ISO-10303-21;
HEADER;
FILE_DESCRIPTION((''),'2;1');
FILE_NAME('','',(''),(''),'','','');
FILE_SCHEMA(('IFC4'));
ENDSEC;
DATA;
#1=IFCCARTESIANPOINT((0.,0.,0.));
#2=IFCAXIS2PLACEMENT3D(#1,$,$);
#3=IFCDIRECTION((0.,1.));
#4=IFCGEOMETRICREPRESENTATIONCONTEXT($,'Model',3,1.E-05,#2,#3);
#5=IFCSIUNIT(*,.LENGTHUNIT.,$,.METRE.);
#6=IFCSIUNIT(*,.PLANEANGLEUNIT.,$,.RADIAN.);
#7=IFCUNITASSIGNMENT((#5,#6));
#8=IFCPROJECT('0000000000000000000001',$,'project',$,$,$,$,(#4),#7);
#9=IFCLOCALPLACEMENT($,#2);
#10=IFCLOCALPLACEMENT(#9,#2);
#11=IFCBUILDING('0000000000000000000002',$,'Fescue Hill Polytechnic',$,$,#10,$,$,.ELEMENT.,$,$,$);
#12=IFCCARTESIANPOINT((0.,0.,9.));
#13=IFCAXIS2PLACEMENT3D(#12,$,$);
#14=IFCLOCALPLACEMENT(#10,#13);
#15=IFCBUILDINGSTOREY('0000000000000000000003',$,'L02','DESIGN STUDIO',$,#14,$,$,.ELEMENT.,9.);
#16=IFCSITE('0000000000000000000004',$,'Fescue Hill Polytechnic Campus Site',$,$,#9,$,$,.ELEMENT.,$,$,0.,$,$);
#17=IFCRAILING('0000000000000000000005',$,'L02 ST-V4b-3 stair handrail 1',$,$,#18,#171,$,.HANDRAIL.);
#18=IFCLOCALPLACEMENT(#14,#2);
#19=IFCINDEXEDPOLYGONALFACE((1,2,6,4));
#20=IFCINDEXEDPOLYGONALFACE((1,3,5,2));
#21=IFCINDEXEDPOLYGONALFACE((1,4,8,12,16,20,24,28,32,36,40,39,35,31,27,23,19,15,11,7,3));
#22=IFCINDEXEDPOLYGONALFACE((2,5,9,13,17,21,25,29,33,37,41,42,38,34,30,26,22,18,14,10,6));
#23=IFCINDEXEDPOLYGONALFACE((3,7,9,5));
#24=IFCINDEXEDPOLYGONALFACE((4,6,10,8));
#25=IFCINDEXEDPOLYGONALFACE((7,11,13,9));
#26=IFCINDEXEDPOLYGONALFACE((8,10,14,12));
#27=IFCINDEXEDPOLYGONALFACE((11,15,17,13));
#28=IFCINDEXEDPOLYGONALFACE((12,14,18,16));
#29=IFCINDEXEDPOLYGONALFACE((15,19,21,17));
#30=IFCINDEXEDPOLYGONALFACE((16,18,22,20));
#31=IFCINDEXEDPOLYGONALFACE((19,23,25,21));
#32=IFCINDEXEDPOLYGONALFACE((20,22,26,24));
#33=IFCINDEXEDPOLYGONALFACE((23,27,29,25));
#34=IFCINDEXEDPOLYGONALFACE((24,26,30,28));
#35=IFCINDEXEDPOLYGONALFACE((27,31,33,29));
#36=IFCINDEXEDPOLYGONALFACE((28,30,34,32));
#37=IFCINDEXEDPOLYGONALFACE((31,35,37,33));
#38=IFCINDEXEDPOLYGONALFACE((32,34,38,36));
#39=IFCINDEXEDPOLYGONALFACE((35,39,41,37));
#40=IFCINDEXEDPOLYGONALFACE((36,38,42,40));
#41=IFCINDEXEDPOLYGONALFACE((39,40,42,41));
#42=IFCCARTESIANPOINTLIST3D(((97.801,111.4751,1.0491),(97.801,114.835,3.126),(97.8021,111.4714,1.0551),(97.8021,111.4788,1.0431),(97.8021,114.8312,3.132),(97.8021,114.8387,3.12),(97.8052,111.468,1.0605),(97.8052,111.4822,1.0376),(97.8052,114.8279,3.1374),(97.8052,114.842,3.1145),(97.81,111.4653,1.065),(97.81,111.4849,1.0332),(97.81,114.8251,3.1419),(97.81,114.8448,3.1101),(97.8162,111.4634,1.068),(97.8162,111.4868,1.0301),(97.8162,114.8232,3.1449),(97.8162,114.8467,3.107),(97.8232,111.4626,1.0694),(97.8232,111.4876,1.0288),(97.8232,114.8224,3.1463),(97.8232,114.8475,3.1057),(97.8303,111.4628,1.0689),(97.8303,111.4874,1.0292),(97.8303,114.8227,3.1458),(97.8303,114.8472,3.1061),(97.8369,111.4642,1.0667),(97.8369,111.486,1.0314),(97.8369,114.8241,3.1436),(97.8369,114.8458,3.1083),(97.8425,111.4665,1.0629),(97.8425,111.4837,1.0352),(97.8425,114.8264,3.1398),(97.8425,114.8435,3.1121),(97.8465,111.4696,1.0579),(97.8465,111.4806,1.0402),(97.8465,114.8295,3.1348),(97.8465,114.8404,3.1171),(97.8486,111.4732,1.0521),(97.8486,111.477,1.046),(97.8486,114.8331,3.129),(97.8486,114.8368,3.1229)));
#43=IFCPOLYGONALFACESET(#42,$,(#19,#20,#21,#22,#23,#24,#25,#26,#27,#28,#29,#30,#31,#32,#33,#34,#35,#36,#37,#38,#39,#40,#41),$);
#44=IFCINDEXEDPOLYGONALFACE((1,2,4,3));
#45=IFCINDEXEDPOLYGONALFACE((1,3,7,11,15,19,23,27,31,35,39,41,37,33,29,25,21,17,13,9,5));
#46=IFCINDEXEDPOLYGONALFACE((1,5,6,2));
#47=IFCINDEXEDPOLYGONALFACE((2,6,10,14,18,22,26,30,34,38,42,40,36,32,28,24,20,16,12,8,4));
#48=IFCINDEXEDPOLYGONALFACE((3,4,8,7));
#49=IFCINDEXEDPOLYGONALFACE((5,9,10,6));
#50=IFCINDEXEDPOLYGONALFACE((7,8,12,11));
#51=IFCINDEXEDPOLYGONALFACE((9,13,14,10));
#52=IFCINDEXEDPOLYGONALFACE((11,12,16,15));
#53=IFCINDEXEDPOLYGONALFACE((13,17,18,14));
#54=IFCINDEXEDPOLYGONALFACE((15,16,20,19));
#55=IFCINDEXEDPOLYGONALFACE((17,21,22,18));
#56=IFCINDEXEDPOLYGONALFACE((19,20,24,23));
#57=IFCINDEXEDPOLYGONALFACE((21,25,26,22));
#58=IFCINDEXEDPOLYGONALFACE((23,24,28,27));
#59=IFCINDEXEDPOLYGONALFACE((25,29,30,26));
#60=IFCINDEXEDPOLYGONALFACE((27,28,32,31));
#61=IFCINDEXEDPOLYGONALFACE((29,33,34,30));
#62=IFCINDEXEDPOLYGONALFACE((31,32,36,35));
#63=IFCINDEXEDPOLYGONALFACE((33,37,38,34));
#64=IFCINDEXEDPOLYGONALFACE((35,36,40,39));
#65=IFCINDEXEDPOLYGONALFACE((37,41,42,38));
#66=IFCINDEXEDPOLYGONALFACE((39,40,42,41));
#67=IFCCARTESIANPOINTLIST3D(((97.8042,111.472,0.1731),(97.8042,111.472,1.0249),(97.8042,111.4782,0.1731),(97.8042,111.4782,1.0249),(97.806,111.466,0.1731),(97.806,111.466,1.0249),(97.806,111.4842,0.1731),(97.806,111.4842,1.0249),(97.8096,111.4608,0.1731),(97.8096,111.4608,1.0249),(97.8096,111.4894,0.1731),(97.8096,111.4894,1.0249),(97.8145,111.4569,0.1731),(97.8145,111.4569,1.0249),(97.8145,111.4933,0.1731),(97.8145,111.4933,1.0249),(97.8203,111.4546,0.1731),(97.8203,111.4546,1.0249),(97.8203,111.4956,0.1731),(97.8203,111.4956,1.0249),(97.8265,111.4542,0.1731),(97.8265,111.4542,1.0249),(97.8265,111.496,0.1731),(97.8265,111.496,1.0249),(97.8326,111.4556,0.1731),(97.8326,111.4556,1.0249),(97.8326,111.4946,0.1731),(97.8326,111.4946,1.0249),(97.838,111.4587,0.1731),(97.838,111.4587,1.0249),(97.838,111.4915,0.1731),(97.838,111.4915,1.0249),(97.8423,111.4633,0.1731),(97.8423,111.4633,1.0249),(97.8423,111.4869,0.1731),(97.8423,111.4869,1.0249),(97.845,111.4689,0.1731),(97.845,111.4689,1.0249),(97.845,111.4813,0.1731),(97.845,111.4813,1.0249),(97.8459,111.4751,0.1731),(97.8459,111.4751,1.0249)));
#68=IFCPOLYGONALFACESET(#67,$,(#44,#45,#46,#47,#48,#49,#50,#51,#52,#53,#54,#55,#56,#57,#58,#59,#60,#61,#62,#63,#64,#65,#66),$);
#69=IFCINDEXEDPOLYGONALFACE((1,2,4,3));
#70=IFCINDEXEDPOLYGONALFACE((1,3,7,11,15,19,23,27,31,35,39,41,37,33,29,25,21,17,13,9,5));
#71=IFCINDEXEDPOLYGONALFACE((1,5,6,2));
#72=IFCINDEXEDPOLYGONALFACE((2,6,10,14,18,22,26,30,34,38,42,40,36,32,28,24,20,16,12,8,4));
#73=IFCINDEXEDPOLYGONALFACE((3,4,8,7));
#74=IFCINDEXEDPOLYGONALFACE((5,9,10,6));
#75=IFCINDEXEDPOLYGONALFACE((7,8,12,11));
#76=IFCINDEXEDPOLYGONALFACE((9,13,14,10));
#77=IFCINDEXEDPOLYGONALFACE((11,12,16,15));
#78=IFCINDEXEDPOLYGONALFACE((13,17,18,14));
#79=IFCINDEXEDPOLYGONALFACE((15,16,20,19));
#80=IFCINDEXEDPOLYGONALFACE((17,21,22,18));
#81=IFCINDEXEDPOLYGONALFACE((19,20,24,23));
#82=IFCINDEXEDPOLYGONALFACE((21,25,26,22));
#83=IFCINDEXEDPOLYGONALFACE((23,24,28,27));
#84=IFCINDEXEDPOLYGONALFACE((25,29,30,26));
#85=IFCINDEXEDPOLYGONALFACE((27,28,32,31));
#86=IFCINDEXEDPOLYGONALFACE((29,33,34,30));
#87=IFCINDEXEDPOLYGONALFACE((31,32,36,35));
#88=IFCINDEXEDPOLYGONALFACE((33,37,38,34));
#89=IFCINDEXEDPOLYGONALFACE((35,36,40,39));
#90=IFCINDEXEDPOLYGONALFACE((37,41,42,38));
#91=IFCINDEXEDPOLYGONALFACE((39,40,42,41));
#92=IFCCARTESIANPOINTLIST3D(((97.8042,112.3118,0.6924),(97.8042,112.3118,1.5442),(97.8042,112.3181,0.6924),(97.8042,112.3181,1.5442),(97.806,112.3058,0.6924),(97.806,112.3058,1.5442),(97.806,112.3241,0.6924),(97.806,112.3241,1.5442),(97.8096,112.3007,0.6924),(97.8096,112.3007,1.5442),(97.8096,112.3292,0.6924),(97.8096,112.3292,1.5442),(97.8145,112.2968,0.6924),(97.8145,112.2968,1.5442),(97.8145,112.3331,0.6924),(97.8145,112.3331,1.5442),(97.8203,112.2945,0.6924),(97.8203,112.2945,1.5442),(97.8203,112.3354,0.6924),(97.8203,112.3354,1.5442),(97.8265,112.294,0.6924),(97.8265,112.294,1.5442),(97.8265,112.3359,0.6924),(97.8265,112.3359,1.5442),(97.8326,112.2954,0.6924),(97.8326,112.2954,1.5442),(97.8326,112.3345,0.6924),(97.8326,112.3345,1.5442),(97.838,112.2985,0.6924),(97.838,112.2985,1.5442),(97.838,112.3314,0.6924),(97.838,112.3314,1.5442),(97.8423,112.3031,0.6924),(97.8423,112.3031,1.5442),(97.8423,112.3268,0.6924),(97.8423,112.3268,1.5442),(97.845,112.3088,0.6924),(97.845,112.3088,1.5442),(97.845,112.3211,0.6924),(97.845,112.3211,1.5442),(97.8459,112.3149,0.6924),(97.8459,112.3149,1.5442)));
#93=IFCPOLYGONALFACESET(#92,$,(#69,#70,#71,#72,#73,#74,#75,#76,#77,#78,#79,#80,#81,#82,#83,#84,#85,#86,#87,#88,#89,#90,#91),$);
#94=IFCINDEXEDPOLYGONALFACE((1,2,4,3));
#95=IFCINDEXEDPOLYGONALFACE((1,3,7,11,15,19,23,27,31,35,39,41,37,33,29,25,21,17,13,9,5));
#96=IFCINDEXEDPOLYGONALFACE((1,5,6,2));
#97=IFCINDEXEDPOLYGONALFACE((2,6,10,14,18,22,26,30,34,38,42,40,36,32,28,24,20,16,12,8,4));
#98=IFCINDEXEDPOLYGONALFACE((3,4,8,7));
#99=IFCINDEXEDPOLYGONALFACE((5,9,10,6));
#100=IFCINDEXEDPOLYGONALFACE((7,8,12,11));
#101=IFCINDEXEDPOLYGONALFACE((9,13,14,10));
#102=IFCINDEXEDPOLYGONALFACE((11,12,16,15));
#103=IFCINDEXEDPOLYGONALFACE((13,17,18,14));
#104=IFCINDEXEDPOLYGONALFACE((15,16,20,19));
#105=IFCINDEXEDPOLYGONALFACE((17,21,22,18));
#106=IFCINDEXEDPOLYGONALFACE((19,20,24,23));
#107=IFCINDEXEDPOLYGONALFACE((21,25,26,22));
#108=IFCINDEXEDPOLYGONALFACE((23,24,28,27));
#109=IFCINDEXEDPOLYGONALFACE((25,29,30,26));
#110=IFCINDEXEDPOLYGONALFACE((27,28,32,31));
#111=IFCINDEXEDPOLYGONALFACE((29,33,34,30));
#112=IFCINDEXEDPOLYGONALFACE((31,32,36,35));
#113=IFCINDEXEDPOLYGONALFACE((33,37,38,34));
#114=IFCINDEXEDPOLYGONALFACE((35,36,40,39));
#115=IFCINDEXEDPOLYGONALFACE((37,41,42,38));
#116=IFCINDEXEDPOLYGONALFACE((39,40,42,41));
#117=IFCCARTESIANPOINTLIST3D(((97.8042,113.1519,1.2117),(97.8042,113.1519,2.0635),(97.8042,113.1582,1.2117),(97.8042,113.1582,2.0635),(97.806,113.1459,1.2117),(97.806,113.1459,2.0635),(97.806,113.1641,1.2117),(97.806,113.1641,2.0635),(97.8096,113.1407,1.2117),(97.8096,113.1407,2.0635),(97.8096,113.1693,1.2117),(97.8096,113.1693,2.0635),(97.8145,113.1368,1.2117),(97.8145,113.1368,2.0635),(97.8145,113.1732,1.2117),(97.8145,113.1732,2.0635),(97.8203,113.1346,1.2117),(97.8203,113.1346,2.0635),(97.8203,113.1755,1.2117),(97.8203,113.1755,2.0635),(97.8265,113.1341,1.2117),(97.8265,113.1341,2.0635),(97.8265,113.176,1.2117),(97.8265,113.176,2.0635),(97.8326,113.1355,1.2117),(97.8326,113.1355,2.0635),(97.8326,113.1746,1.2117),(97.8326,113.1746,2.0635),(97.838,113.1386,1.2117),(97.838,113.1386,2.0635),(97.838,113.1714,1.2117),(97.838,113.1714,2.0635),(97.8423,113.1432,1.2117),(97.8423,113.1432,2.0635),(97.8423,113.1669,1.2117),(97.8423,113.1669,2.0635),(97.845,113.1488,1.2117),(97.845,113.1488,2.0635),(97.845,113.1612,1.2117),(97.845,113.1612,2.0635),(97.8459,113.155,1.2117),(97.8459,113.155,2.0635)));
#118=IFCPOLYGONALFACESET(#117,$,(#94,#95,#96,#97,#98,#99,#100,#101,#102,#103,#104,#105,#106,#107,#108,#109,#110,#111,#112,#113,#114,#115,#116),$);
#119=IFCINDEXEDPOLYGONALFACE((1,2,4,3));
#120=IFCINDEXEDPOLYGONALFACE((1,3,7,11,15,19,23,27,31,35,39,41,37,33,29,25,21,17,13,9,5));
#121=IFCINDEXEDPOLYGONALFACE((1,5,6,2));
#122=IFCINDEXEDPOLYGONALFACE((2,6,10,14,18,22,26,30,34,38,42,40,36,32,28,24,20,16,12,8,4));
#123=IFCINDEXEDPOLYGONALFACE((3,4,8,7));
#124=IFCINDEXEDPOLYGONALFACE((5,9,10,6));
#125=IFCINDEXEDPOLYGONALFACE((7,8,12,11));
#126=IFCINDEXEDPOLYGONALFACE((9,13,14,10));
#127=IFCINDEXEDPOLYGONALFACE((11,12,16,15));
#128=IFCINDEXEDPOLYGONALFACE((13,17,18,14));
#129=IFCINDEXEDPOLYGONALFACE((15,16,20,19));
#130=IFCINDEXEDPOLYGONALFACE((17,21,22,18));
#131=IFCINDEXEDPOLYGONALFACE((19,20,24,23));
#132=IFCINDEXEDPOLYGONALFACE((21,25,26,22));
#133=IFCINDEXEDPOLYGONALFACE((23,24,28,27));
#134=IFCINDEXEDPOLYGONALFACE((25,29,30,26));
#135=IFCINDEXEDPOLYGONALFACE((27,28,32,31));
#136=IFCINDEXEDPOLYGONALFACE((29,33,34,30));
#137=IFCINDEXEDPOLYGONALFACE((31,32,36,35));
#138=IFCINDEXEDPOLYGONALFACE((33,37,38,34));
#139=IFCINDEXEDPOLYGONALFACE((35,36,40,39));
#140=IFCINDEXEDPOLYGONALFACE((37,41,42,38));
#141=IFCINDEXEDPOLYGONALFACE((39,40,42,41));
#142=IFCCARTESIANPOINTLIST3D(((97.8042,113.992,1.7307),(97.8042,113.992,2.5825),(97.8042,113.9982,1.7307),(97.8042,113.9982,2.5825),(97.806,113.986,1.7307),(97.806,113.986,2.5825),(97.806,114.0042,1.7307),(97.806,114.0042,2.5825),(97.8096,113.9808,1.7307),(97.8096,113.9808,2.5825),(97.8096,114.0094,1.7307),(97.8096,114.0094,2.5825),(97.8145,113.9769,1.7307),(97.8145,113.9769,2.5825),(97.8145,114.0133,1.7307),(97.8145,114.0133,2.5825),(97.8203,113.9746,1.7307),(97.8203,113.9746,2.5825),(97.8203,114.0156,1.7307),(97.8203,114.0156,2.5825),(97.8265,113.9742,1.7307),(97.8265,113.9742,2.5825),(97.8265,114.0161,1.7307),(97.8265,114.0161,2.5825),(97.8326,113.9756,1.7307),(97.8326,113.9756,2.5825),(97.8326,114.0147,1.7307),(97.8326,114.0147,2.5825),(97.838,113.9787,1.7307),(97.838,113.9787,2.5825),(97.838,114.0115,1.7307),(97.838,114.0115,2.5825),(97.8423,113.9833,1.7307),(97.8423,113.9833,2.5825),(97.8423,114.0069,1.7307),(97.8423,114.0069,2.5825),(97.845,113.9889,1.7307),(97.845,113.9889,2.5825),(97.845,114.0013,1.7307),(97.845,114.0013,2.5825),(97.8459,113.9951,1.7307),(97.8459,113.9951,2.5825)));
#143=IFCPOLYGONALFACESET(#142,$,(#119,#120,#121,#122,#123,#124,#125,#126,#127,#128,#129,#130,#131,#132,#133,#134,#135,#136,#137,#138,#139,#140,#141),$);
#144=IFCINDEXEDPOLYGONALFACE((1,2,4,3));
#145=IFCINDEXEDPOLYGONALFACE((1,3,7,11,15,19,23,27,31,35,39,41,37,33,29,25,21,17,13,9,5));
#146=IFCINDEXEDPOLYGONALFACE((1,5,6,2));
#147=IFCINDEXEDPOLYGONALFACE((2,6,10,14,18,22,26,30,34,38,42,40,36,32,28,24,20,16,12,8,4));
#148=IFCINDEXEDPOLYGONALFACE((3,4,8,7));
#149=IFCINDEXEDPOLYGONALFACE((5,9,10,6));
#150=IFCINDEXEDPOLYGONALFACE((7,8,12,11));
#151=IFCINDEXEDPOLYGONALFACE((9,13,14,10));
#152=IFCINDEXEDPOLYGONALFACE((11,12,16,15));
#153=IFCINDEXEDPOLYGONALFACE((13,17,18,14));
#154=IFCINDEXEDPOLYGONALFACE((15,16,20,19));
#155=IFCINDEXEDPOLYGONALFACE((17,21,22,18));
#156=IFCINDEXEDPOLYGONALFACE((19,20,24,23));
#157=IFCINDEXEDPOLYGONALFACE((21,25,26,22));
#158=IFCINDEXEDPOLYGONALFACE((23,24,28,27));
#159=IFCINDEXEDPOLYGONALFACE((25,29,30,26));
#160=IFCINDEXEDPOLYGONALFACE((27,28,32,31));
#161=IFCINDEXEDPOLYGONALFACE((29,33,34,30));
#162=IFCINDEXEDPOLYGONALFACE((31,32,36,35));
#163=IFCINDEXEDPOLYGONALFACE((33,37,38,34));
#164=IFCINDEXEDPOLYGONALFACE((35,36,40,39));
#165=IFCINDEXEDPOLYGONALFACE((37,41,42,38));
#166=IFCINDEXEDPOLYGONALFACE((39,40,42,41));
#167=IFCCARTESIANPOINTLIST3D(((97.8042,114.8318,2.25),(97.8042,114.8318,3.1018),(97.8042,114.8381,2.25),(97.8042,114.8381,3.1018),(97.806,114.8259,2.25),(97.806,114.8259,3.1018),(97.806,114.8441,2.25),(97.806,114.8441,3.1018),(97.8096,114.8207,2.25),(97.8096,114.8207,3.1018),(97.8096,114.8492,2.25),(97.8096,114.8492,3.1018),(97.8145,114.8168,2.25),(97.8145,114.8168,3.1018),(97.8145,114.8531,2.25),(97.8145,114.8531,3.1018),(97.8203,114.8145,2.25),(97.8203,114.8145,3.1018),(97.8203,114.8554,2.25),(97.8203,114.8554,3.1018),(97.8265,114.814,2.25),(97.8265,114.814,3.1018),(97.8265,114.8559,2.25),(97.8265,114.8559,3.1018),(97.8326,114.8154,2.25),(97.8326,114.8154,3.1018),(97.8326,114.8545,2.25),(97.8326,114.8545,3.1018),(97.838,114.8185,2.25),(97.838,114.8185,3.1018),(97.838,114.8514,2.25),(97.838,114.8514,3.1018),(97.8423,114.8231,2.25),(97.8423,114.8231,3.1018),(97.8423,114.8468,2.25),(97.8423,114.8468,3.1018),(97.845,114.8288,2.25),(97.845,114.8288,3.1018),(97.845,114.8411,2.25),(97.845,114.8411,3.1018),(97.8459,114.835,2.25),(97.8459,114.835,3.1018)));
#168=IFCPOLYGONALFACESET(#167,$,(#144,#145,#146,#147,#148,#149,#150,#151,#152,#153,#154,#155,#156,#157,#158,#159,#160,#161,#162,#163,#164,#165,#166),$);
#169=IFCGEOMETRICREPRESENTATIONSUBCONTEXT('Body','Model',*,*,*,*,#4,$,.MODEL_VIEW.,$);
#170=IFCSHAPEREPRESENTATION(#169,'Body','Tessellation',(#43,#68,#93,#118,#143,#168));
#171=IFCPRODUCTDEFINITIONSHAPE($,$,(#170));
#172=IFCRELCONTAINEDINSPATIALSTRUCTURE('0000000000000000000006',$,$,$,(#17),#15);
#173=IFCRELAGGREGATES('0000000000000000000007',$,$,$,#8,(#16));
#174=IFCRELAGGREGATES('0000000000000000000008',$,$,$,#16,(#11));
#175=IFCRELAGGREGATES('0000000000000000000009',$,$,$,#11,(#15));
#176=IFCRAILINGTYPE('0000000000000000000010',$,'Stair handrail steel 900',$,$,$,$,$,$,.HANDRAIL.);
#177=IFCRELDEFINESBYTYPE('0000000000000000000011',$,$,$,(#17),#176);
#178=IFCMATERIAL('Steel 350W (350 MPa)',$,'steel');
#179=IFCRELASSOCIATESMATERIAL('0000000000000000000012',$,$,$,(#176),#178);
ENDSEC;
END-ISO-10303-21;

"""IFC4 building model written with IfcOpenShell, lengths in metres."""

from ifc_helpers import new_model, si_unit, direction, frame, origin, origin_2d, place, context, subcontext, project, spatial, circle, extrude, material, type_object, element, save


model = new_model("IFC4")

# Units and contexts
model_context = context("Model", 3, precision=1e-05, world=origin(), true_north=direction((0.0, 1.0)))
body_context = subcontext(model_context, "Body", "Model", "MODEL_VIEW")
ifc_project = project(units=[si_unit("LENGTHUNIT", "METRE"), si_unit("PLANEANGLEUNIT", "RADIAN")], contexts=[model_context])

# Site, building, storey
site_placement = place(None, origin())
site = spatial("IfcSite", under=ifc_project, at=site_placement, Name="Fescue Hill Polytechnic Campus Site", CompositionType="ELEMENT", RefElevation=0.0)
building_placement = place(site_placement, origin())
building = spatial("IfcBuilding", under=site, at=building_placement, Name="Fescue Hill Polytechnic", CompositionType="ELEMENT")
storey_placement = place(building_placement, frame((0.0, 0.0, 9.0)))
storey = spatial("IfcBuildingStorey", under=building, at=storey_placement, Name="L02", Description="DESIGN STUDIO", CompositionType="ELEMENT", Elevation=9.0)

# Railing
ifc_material_1 = material(Name="Steel 350W (350 MPa)", Category="steel")
railing_type_1 = type_object("IfcRailingType", Name="Stair handrail steel 900", PredefinedType="HANDRAIL", material=ifc_material_1)
railing_1_placement = place(storey_placement, frame((97.825, 111.4751, 0.1731)))
element("IfcRailing", 1, at=railing_1_placement, inside=storey, type_object=railing_type_1, Name="L02 ST-V4b-3 stair handrail 1", PredefinedType="HANDRAIL", context=body_context, shape_type="SweptSolid", body=[
    extrude(circle(Radius=0.0239, at=origin_2d()), frame((0.0, 0.0, 0.876), z_axis=(0.0, 0.850606, 0.525803), x_axis=(-1.0, 0.0, 0.0)), (0.0, 0.0, 1.0), 3.95),
    extrude(circle(Radius=0.021, at=origin_2d()), origin(), (0.0, 0.0, 1.0), 0.8518),
    extrude(circle(Radius=0.021, at=origin_2d()), frame((0.0, 0.8398, 0.5193)), (0.0, 0.0, 1.0), 0.8518),
    extrude(circle(Radius=0.021, at=origin_2d()), frame((0.0, 1.6799, 1.0386)), (0.0, 0.0, 1.0), 0.8518),
    extrude(circle(Radius=0.021, at=origin_2d()), frame((0.0, 2.52, 1.5576)), (0.0, 0.0, 1.0), 0.8518),
    extrude(circle(Radius=0.021, at=origin_2d()), frame((0.0, 3.3599, 2.0769)), (0.0, 0.0, 1.0), 0.8518),
])

save(model, "model.ifc")
